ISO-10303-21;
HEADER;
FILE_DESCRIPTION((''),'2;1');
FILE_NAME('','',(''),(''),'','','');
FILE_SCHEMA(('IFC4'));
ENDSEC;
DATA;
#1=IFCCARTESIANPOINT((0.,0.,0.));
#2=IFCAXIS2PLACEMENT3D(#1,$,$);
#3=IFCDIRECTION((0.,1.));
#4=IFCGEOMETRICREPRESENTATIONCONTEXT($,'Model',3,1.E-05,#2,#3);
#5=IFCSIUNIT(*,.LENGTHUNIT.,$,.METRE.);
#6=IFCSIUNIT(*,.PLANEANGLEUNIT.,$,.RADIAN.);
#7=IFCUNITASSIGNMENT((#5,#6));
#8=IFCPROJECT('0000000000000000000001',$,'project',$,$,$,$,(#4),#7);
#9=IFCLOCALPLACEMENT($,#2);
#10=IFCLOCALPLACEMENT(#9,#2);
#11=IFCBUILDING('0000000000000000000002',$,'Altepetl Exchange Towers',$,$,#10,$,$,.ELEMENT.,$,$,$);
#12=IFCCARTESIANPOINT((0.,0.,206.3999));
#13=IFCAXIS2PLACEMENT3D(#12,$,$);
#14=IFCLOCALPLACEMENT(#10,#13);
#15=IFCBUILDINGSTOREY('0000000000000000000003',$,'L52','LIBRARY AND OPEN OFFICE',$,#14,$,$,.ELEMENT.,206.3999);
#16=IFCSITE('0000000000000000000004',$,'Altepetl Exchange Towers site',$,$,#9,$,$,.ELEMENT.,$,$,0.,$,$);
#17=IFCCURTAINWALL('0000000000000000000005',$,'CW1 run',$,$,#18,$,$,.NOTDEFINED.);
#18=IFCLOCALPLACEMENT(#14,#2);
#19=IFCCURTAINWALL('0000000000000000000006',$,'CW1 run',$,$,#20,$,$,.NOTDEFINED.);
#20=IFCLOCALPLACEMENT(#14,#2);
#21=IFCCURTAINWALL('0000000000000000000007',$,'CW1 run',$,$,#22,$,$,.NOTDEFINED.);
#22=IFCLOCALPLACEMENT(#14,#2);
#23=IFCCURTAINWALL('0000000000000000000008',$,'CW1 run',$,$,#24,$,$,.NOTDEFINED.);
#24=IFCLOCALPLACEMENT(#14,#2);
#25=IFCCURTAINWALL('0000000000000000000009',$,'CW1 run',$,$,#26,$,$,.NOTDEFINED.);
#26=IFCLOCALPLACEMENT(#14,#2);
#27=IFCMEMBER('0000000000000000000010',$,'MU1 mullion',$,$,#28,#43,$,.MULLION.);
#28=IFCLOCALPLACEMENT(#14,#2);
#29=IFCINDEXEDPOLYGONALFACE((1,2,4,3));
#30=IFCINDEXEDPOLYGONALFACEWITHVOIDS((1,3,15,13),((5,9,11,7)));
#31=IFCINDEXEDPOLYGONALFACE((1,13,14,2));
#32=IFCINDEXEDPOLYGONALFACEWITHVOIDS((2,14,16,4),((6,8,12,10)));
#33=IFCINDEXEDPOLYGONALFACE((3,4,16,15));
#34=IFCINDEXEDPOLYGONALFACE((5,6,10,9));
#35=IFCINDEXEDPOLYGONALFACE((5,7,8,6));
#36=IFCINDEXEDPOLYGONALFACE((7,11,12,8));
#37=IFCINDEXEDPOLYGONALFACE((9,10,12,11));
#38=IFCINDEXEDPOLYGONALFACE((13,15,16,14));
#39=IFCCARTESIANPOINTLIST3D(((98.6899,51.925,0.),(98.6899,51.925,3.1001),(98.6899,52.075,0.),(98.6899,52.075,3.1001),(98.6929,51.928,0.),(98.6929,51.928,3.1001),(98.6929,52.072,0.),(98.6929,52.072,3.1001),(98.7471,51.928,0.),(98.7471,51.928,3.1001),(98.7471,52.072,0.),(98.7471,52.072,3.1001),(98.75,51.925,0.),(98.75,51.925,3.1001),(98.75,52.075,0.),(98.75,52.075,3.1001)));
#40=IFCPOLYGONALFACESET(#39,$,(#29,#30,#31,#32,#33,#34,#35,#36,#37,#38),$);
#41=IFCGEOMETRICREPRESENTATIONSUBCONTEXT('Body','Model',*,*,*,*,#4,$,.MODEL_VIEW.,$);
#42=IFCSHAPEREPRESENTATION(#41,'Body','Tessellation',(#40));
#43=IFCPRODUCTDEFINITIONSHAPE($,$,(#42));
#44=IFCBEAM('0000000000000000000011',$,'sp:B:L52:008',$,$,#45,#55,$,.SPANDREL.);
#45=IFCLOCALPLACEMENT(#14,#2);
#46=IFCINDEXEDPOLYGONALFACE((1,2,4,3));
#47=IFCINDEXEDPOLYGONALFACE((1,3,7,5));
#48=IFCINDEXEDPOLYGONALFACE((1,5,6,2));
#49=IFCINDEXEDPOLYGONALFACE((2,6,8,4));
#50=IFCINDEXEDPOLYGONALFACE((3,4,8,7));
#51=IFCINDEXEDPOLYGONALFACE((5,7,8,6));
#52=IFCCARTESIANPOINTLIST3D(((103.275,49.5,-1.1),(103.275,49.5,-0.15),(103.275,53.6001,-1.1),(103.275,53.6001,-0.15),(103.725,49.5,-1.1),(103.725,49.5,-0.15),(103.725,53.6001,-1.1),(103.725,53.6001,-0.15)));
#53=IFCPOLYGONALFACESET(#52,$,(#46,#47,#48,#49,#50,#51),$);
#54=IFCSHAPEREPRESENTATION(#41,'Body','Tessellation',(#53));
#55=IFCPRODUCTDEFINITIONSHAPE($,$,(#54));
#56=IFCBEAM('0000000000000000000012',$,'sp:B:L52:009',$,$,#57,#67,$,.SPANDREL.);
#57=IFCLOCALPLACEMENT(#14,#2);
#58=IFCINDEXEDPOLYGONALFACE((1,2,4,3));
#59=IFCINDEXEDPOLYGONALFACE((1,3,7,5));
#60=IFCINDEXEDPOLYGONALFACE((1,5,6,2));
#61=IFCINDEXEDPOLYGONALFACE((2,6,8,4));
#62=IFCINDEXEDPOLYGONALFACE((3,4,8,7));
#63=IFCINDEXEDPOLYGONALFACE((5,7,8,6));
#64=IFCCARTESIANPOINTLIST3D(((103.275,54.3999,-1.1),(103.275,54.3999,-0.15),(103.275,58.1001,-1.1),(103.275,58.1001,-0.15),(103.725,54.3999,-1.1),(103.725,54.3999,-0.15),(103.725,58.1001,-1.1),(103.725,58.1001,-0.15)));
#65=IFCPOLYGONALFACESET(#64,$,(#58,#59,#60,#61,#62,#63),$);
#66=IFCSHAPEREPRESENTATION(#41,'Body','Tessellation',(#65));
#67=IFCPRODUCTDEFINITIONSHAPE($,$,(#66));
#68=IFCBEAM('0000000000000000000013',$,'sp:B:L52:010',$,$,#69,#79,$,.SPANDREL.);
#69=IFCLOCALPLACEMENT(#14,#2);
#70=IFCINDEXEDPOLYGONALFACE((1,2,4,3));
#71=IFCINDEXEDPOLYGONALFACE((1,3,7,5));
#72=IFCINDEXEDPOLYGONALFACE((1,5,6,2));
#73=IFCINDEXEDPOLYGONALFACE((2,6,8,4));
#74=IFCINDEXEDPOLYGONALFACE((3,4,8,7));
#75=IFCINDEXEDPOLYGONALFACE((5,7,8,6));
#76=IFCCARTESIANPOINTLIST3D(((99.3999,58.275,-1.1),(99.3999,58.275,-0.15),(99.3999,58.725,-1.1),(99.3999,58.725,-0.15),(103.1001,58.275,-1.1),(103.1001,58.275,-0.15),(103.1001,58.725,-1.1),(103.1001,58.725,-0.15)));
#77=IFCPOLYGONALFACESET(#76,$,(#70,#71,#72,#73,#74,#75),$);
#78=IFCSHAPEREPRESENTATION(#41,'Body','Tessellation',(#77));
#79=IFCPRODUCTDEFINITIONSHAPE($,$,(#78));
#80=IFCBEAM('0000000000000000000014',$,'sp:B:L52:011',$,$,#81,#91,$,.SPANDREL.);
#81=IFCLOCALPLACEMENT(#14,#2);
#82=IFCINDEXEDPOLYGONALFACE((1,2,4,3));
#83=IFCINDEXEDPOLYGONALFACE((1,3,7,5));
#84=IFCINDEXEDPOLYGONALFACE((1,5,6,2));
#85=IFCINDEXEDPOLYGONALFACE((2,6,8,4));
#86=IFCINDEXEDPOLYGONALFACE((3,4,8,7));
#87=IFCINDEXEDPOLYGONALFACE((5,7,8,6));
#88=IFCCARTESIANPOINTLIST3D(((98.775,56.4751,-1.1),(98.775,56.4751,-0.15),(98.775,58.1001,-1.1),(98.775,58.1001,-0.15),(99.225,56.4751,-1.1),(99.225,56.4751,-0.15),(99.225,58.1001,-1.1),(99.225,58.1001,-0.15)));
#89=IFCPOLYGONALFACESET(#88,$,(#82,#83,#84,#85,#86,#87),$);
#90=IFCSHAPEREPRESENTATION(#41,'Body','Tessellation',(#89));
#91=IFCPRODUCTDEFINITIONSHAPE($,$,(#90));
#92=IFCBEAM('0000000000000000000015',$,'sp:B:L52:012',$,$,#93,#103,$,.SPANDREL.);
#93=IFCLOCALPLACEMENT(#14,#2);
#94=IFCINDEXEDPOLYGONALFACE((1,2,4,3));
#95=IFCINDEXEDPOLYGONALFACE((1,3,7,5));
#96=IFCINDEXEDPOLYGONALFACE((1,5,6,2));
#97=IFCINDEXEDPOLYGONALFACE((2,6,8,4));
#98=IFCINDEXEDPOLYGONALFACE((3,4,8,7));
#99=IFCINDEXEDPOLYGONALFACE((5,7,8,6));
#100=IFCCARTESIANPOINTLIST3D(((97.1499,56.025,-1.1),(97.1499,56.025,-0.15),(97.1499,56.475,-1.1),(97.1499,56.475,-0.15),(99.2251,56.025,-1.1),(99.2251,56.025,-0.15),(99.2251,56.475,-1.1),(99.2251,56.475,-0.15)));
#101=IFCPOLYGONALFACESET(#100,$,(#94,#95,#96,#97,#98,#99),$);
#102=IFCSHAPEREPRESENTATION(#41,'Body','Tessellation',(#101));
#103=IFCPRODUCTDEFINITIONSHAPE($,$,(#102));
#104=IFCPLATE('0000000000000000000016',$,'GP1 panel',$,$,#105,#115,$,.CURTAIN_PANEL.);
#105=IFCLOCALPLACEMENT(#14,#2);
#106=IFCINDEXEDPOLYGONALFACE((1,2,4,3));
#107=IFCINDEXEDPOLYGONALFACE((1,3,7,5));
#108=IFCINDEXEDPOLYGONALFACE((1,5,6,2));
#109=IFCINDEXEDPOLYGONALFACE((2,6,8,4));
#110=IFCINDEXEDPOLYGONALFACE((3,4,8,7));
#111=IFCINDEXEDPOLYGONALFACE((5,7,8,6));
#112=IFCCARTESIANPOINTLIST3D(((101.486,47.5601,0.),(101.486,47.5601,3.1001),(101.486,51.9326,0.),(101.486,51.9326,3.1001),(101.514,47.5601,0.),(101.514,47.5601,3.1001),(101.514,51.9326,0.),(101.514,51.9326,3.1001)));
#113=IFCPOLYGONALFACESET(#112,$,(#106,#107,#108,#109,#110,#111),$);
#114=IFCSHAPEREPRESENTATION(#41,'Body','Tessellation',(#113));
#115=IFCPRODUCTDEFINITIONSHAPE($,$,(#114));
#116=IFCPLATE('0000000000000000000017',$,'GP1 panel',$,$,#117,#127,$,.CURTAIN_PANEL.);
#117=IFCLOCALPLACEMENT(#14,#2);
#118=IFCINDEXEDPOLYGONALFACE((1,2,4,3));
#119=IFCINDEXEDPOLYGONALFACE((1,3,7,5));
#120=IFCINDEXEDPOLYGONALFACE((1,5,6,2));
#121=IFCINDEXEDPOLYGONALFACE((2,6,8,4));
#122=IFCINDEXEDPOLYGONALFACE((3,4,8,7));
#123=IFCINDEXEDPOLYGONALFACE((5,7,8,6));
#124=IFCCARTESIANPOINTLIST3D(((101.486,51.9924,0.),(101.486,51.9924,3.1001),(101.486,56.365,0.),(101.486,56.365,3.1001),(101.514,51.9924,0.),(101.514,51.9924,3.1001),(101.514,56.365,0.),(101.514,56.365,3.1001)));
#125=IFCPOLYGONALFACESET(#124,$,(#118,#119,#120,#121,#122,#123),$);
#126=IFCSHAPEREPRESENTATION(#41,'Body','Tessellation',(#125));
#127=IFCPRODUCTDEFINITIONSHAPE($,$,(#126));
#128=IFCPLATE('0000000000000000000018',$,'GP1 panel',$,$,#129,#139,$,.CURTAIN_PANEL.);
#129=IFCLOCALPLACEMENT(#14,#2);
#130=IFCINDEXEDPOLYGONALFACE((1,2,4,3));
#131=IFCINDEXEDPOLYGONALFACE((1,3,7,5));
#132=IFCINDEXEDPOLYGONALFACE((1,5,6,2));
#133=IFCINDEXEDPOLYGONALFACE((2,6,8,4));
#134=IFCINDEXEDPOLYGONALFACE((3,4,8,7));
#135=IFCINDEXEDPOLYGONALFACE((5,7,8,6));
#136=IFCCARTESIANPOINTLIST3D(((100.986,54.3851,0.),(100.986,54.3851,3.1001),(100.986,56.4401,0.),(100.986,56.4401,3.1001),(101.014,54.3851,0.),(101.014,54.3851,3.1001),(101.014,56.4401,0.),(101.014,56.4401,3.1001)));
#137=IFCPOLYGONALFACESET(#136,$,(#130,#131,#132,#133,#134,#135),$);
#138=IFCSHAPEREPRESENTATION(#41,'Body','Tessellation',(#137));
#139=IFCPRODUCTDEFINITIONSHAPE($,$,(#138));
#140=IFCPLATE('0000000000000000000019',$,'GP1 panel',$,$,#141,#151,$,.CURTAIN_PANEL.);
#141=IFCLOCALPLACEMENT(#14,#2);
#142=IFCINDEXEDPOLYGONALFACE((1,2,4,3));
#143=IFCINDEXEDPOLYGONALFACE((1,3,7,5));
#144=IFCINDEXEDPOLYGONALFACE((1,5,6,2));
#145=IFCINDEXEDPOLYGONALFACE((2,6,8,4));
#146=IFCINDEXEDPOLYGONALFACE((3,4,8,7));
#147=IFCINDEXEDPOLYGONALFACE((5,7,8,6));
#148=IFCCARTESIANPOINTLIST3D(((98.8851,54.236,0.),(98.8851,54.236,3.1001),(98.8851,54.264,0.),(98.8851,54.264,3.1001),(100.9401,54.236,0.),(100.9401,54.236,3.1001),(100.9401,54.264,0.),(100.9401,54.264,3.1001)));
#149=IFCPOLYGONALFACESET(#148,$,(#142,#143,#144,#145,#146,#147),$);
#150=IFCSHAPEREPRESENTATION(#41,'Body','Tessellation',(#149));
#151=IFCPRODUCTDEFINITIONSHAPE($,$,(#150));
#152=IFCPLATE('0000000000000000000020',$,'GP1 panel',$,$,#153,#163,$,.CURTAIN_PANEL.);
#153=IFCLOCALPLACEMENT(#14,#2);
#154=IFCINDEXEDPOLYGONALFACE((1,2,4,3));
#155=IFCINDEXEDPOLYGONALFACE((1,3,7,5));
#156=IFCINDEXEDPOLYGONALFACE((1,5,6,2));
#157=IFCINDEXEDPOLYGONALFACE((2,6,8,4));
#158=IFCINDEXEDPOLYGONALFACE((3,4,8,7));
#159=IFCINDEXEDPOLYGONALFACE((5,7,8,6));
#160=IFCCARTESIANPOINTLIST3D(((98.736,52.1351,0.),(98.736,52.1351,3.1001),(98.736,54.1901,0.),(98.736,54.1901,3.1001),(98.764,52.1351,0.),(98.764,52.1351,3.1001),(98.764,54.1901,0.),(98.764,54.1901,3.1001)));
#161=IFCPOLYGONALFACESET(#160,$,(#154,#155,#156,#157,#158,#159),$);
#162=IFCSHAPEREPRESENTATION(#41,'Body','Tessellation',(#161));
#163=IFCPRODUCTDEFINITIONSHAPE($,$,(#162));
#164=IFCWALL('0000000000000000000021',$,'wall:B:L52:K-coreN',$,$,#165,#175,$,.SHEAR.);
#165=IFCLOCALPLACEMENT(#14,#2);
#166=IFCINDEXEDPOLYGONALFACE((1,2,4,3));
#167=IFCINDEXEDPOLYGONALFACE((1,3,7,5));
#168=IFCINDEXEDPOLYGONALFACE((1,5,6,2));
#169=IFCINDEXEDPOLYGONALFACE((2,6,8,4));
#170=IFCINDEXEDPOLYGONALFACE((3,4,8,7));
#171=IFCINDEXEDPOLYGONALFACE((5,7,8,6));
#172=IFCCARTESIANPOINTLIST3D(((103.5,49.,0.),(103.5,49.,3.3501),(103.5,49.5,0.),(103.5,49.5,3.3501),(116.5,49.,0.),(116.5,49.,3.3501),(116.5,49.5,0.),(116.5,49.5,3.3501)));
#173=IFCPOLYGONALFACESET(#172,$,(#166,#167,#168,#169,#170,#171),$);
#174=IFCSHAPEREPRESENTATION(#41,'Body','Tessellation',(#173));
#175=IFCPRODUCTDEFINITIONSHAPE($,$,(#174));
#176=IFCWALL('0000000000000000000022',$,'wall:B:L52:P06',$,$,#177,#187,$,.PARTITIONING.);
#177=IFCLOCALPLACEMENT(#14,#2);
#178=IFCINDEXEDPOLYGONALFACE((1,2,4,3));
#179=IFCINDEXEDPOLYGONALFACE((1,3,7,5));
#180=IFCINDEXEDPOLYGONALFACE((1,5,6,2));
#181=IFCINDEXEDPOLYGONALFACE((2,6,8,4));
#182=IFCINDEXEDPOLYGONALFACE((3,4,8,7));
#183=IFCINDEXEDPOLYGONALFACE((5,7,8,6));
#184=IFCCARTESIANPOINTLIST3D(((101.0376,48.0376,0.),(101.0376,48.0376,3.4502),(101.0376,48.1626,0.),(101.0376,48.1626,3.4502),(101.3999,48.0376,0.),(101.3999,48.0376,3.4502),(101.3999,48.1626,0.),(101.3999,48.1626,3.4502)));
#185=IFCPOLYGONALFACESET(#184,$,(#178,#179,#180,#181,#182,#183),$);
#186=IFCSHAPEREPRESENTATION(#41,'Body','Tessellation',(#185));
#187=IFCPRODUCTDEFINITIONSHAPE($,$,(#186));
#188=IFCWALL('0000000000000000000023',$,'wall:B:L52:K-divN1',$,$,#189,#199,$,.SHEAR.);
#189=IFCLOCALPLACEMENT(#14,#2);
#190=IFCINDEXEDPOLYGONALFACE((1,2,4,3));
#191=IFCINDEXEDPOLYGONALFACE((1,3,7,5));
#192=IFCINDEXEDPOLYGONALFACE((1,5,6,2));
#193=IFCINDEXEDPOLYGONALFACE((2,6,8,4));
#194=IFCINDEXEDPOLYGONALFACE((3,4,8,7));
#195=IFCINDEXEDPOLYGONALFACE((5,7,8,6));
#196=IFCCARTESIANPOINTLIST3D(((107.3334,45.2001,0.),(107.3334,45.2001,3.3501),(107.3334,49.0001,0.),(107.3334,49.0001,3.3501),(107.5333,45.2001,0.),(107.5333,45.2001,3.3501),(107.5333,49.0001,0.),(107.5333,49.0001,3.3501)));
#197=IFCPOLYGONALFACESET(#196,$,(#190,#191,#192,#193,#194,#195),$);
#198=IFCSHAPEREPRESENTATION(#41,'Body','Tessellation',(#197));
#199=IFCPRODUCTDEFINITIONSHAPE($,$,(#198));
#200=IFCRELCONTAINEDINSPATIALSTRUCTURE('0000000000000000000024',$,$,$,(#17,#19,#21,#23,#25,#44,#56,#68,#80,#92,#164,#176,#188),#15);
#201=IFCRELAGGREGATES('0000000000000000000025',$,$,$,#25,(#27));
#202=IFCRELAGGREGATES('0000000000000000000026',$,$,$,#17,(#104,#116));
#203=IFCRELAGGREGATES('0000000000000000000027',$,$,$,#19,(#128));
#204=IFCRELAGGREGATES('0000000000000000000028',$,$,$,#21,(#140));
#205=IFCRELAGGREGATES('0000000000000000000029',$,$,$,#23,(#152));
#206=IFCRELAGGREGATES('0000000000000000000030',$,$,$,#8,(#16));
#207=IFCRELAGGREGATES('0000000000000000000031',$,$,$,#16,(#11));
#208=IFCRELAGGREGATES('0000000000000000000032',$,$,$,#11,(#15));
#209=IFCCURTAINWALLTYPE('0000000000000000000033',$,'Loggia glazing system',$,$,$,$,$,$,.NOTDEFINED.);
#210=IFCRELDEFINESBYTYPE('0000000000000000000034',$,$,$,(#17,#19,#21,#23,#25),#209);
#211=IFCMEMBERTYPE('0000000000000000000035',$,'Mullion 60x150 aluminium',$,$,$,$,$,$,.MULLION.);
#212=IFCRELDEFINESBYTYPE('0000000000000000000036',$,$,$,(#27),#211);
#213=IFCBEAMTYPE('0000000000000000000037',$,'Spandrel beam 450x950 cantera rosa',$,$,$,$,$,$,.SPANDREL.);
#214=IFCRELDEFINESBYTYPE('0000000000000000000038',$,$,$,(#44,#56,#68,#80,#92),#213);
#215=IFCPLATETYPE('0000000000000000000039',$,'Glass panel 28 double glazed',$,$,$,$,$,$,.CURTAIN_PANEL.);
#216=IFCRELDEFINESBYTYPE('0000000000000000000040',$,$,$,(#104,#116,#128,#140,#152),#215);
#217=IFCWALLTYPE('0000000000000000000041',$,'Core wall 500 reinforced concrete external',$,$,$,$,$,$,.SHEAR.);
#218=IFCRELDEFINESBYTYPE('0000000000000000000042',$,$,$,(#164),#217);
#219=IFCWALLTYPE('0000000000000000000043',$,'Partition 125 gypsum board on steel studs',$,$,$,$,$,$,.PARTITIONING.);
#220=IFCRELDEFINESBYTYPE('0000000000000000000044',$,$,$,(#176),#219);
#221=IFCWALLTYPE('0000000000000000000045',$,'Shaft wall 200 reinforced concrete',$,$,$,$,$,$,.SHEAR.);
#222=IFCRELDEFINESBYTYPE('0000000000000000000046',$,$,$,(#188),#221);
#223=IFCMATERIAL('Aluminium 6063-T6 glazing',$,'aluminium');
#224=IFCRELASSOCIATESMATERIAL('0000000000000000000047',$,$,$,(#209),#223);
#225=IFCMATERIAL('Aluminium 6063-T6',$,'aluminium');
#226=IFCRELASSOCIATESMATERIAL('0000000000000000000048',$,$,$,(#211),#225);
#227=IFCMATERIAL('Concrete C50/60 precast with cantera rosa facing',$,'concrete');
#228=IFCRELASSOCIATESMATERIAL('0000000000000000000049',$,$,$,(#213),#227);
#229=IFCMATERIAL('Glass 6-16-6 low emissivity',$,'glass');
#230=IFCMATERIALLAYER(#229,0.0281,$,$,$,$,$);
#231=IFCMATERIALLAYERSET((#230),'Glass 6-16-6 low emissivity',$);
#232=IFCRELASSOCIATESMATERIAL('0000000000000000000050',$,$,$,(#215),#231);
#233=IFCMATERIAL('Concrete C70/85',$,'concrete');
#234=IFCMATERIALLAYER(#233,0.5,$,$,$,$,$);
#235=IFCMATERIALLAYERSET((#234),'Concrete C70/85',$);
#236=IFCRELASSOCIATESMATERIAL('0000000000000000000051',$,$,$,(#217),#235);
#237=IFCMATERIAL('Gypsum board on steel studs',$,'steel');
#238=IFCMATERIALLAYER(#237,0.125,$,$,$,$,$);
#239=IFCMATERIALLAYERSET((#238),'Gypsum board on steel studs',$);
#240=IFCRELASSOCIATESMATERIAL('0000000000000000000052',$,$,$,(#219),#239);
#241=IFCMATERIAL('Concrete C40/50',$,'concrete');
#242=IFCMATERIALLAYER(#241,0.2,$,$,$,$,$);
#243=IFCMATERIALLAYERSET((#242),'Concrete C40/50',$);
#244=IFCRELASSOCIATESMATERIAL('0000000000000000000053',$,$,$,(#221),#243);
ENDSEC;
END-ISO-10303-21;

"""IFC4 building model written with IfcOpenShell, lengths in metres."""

from ifc_helpers import new_model, si_unit, direction, frame, frame_2d, origin, origin_2d, place, context, subcontext, project, spatial, rectangle, hollow_rectangle, extrude, material, layer, layer_set, material_profile, profile_set, type_object, element, aggregate, save


model = new_model("IFC4")

# Units and contexts
model_context = context("Model", 3, precision=1e-05, world=origin(), true_north=direction((0.0, 1.0)))
body_context = subcontext(model_context, "Body", "Model", "MODEL_VIEW")
ifc_project = project(units=[si_unit("LENGTHUNIT", "METRE"), si_unit("PLANEANGLEUNIT", "RADIAN")], contexts=[model_context])

# Site, building, storey
site_placement = place(None, origin())
site = spatial("IfcSite", under=ifc_project, at=site_placement, Name="Altepetl Exchange Towers site", CompositionType="ELEMENT", RefElevation=0.0)
building_placement = place(site_placement, origin())
building = spatial("IfcBuilding", under=site, at=building_placement, Name="Altepetl Exchange Towers", CompositionType="ELEMENT")
storey_placement = place(building_placement, frame((0.0, 0.0, 206.3999)))
storey = spatial("IfcBuildingStorey", under=building, at=storey_placement, Name="L52", Description="LIBRARY AND OPEN OFFICE", CompositionType="ELEMENT", Elevation=206.3999)

# Curtain walls
ifc_material_1 = material(Name="Aluminium 6063-T6 glazing", Category="aluminium")
curtain_wall_type = type_object("IfcCurtainWallType", Name="Loggia glazing system", PredefinedType="NOTDEFINED", material=ifc_material_1)
curtain_wall_1_placement = place(storey_placement, origin())
curtain_wall_1 = element("IfcCurtainWall", 1, at=curtain_wall_1_placement, inside=storey, type_object=curtain_wall_type, Name="CW1 run", PredefinedType="NOTDEFINED")
ifc_material_2 = material(Name="Aluminium 6063-T6", Category="aluminium")
ifc_material_profile_1 = material_profile(ifc_material_2, hollow_rectangle(XDim=0.0601, YDim=0.1499, WallThickness=0.0029, at=origin_2d()), Name="Mullion 60x150 aluminium")
ifc_profile_set_1 = profile_set([ifc_material_profile_1], Name="Aluminium 6063-T6")
member_type = type_object("IfcMemberType", Name="Mullion 60x150 aluminium", PredefinedType="MULLION", material=ifc_profile_set_1)
curtain_wall_2_placement = place(storey_placement, origin())
curtain_wall_2 = element("IfcCurtainWall", 2, at=curtain_wall_2_placement, inside=storey, type_object=curtain_wall_type, Name="CW1 run", PredefinedType="NOTDEFINED")
curtain_wall_3_placement = place(storey_placement, origin())
curtain_wall_3 = element("IfcCurtainWall", 3, at=curtain_wall_3_placement, inside=storey, type_object=curtain_wall_type, Name="CW1 run", PredefinedType="NOTDEFINED")
curtain_wall_4_placement = place(storey_placement, origin())
curtain_wall_4 = element("IfcCurtainWall", 4, at=curtain_wall_4_placement, inside=storey, type_object=curtain_wall_type, Name="CW1 run", PredefinedType="NOTDEFINED")

# Curtain wall, member
curtain_wall_5_placement = place(storey_placement, origin())
curtain_wall_5 = element("IfcCurtainWall", 5, at=curtain_wall_5_placement, inside=storey, type_object=curtain_wall_type, Name="CW1 run", PredefinedType="NOTDEFINED")
member_1_placement = place(storey_placement, frame((98.72, 52.0, 0.0), z_axis=(0.0, 0.0, 1.0), x_axis=(-1.0, 0.0, 0.0)))
member_1 = element("IfcMember", 6, at=member_1_placement, type_object=member_type, Name="MU1 mullion", PredefinedType="MULLION", context=body_context, shape_type="SweptSolid", body=[
    extrude(hollow_rectangle(XDim=0.0601, YDim=0.1499, WallThickness=0.0029, at=origin_2d()), origin(), (0.0, 0.0, 1.0), 3.1001),
])
aggregate(curtain_wall_5, [member_1])

# Beams
ifc_material_3 = material(Name="Concrete C50/60 precast with cantera rosa facing", Category="concrete")
ifc_material_profile_2 = material_profile(ifc_material_3, rectangle(XDim=0.45, YDim=0.95, at=origin_2d()), Name="450 x 950")
ifc_profile_set_2 = profile_set([ifc_material_profile_2], Name="Concrete C50/60 precast with cantera rosa facing")
beam_type = type_object("IfcBeamType", Name="Spandrel beam 450x950 cantera rosa", PredefinedType="SPANDREL", material=ifc_profile_set_2)
beam_1_placement = place(storey_placement, frame((103.5, 49.5, -0.625), z_axis=(0.0, 1.0, 0.0), x_axis=(-1.0, 0.0, 0.0)))
element("IfcBeam", 7, at=beam_1_placement, inside=storey, type_object=beam_type, Name="sp:B:L52:008", PredefinedType="SPANDREL", context=body_context, shape_type="SweptSolid", body=[
    extrude(rectangle(XDim=0.45, YDim=0.95, at=origin_2d()), origin(), (0.0, 0.0, 1.0), 4.1001),
])
for number, where, z_axis, x_axis, name in (
    (8, (103.5, 54.3999, -0.625), (0.0, 1.0, 0.0), (-1.0, 0.0, 0.0), "sp:B:L52:009"),
    (9, (103.1001, 58.5, -0.625), (-1.0, 0.0, 0.0), (0.0, -1.0, 0.0), "sp:B:L52:010"),
):
    element("IfcBeam", number, at=place(storey_placement, frame(where, z_axis=z_axis, x_axis=x_axis)), inside=storey, type_object=beam_type, Name=name, PredefinedType="SPANDREL", context=body_context, shape_type="SweptSolid", body=[
        extrude(rectangle(XDim=0.45, YDim=0.95, at=origin_2d()), origin(), (0.0, 0.0, 1.0), 3.7002),
    ])
beam_2_placement = place(storey_placement, frame((99.0, 58.1001, -0.625), z_axis=(0.0, -1.0, 0.0), x_axis=(1.0, 0.0, 0.0)))
element("IfcBeam", 10, at=beam_2_placement, inside=storey, type_object=beam_type, Name="sp:B:L52:011", PredefinedType="SPANDREL", context=body_context, shape_type="SweptSolid", body=[
    extrude(rectangle(XDim=0.45, YDim=0.95, at=origin_2d()), origin(), (0.0, 0.0, 1.0), 1.625),
])
beam_3_placement = place(storey_placement, frame((99.2251, 56.25, -0.625), z_axis=(-1.0, 0.0, 0.0), x_axis=(0.0, -1.0, 0.0)))
element("IfcBeam", 11, at=beam_3_placement, inside=storey, type_object=beam_type, Name="sp:B:L52:012", PredefinedType="SPANDREL", context=body_context, shape_type="SweptSolid", body=[
    extrude(rectangle(XDim=0.45, YDim=0.95, at=origin_2d()), origin(), (0.0, 0.0, 1.0), 2.0752),
])

# Plates
ifc_material_4 = material(Name="Glass 6-16-6 low emissivity", Category="glass")
ifc_layer_1 = layer(ifc_material_4, 0.0281)
ifc_layer_set_1 = layer_set([ifc_layer_1], Name="Glass 6-16-6 low emissivity")
plate_type = type_object("IfcPlateType", Name="Glass panel 28 double glazed", PredefinedType="CURTAIN_PANEL", material=ifc_layer_set_1)
plate_1_placement = place(storey_placement, frame((101.5, 49.7463, 0.0), z_axis=(0.0, 0.0, 1.0), x_axis=(0.0, 1.0, 0.0)))
plate_1 = element("IfcPlate", 12, at=plate_1_placement, type_object=plate_type, Name="GP1 panel", PredefinedType="CURTAIN_PANEL", context=body_context, shape_type="SweptSolid", body=[
    extrude(rectangle(XDim=4.3726, YDim=0.0281, at=origin_2d()), origin(), (0.0, 0.0, 1.0), 3.1001),
])
plate_2_placement = place(storey_placement, frame((101.5, 54.1787, 0.0), z_axis=(0.0, 0.0, 1.0), x_axis=(0.0, 1.0, 0.0)))
plate_2 = element("IfcPlate", 13, at=plate_2_placement, type_object=plate_type, Name="GP1 panel", PredefinedType="CURTAIN_PANEL", context=body_context, shape_type="SweptSolid", body=[
    extrude(rectangle(XDim=4.3726, YDim=0.0281, at=origin_2d()), origin(), (0.0, 0.0, 1.0), 3.1001),
])
aggregate(curtain_wall_1, [plate_1, plate_2])
plate_3_placement = place(storey_placement, frame((101.0, 55.4126, 0.0), z_axis=(0.0, 0.0, 1.0), x_axis=(0.0, -1.0, 0.0)))
plate_3 = element("IfcPlate", 14, at=plate_3_placement, type_object=plate_type, Name="GP1 panel", PredefinedType="CURTAIN_PANEL", context=body_context, shape_type="SweptSolid", body=[
    extrude(rectangle(XDim=2.0549, YDim=0.0281, at=origin_2d()), origin(), (0.0, 0.0, 1.0), 3.1001),
])
aggregate(curtain_wall_2, [plate_3])
plate_4_placement = place(storey_placement, frame((99.9126, 54.25, 0.0), z_axis=(0.0, 0.0, 1.0), x_axis=(-1.0, 0.0, 0.0)))
plate_4 = element("IfcPlate", 15, at=plate_4_placement, type_object=plate_type, Name="GP1 panel", PredefinedType="CURTAIN_PANEL", context=body_context, shape_type="SweptSolid", body=[
    extrude(rectangle(XDim=2.0549, YDim=0.0281, at=origin_2d()), origin(), (0.0, 0.0, 1.0), 3.1001),
])
aggregate(curtain_wall_3, [plate_4])
plate_5_placement = place(storey_placement, frame((98.75, 53.1626, 0.0), z_axis=(0.0, 0.0, 1.0), x_axis=(0.0, -1.0, 0.0)))
plate_5 = element("IfcPlate", 16, at=plate_5_placement, type_object=plate_type, Name="GP1 panel", PredefinedType="CURTAIN_PANEL", context=body_context, shape_type="SweptSolid", body=[
    extrude(rectangle(XDim=2.0549, YDim=0.0281, at=origin_2d()), origin(), (0.0, 0.0, 1.0), 3.1001),
])
aggregate(curtain_wall_4, [plate_5])

# Walls
ifc_material_5 = material(Name="Concrete C70/85", Category="concrete")
ifc_layer_2 = layer(ifc_material_5, 0.5)
ifc_layer_set_2 = layer_set([ifc_layer_2], Name="Concrete C70/85")
wall_type_1 = type_object("IfcWallType", Name="Core wall 500 reinforced concrete external", PredefinedType="SHEAR", material=ifc_layer_set_2)
wall_1_placement = place(storey_placement, frame((103.5, 49.25, 0.0)))
element("IfcWall", 17, at=wall_1_placement, inside=storey, type_object=wall_type_1, Name="wall:B:L52:K-coreN", PredefinedType="SHEAR", context=body_context, shape_type="SweptSolid", body=[
    extrude(rectangle(XDim=13.0, YDim=0.5, at=frame_2d((6.5, 0.0))), origin(), (0.0, 0.0, 1.0), 3.3501),
])
ifc_material_6 = material(Name="Gypsum board on steel studs", Category="steel")
ifc_layer_3 = layer(ifc_material_6, 0.125)
ifc_layer_set_3 = layer_set([ifc_layer_3], Name="Gypsum board on steel studs")
wall_type_2 = type_object("IfcWallType", Name="Partition 125 gypsum board on steel studs", PredefinedType="PARTITIONING", material=ifc_layer_set_3)
wall_2_placement = place(storey_placement, frame((101.0376, 48.1001, 0.0)))
element("IfcWall", 18, at=wall_2_placement, inside=storey, type_object=wall_type_2, Name="wall:B:L52:P06", PredefinedType="PARTITIONING", context=body_context, shape_type="SweptSolid", body=[
    extrude(rectangle(XDim=0.3623, YDim=0.125, at=frame_2d((0.1812, 0.0))), origin(), (0.0, 0.0, 1.0), 3.4502),
])
ifc_material_7 = material(Name="Concrete C40/50", Category="concrete")
ifc_layer_4 = layer(ifc_material_7, 0.2)
ifc_layer_set_4 = layer_set([ifc_layer_4], Name="Concrete C40/50")
wall_type_3 = type_object("IfcWallType", Name="Shaft wall 200 reinforced concrete", PredefinedType="SHEAR", material=ifc_layer_set_4)
wall_3_placement = place(storey_placement, frame((107.4333, 49.0, 0.0), z_axis=(0.0, 0.0, 1.0), x_axis=(0.0, -1.0, 0.0)))
element("IfcWall", 19, at=wall_3_placement, inside=storey, type_object=wall_type_3, Name="wall:B:L52:K-divN1", PredefinedType="SHEAR", context=body_context, shape_type="SweptSolid", body=[
    extrude(rectangle(XDim=3.8, YDim=0.2, at=frame_2d((1.8999, 0.0))), origin(), (0.0, 0.0, 1.0), 3.3501),
])

save(model, "model.ifc")
